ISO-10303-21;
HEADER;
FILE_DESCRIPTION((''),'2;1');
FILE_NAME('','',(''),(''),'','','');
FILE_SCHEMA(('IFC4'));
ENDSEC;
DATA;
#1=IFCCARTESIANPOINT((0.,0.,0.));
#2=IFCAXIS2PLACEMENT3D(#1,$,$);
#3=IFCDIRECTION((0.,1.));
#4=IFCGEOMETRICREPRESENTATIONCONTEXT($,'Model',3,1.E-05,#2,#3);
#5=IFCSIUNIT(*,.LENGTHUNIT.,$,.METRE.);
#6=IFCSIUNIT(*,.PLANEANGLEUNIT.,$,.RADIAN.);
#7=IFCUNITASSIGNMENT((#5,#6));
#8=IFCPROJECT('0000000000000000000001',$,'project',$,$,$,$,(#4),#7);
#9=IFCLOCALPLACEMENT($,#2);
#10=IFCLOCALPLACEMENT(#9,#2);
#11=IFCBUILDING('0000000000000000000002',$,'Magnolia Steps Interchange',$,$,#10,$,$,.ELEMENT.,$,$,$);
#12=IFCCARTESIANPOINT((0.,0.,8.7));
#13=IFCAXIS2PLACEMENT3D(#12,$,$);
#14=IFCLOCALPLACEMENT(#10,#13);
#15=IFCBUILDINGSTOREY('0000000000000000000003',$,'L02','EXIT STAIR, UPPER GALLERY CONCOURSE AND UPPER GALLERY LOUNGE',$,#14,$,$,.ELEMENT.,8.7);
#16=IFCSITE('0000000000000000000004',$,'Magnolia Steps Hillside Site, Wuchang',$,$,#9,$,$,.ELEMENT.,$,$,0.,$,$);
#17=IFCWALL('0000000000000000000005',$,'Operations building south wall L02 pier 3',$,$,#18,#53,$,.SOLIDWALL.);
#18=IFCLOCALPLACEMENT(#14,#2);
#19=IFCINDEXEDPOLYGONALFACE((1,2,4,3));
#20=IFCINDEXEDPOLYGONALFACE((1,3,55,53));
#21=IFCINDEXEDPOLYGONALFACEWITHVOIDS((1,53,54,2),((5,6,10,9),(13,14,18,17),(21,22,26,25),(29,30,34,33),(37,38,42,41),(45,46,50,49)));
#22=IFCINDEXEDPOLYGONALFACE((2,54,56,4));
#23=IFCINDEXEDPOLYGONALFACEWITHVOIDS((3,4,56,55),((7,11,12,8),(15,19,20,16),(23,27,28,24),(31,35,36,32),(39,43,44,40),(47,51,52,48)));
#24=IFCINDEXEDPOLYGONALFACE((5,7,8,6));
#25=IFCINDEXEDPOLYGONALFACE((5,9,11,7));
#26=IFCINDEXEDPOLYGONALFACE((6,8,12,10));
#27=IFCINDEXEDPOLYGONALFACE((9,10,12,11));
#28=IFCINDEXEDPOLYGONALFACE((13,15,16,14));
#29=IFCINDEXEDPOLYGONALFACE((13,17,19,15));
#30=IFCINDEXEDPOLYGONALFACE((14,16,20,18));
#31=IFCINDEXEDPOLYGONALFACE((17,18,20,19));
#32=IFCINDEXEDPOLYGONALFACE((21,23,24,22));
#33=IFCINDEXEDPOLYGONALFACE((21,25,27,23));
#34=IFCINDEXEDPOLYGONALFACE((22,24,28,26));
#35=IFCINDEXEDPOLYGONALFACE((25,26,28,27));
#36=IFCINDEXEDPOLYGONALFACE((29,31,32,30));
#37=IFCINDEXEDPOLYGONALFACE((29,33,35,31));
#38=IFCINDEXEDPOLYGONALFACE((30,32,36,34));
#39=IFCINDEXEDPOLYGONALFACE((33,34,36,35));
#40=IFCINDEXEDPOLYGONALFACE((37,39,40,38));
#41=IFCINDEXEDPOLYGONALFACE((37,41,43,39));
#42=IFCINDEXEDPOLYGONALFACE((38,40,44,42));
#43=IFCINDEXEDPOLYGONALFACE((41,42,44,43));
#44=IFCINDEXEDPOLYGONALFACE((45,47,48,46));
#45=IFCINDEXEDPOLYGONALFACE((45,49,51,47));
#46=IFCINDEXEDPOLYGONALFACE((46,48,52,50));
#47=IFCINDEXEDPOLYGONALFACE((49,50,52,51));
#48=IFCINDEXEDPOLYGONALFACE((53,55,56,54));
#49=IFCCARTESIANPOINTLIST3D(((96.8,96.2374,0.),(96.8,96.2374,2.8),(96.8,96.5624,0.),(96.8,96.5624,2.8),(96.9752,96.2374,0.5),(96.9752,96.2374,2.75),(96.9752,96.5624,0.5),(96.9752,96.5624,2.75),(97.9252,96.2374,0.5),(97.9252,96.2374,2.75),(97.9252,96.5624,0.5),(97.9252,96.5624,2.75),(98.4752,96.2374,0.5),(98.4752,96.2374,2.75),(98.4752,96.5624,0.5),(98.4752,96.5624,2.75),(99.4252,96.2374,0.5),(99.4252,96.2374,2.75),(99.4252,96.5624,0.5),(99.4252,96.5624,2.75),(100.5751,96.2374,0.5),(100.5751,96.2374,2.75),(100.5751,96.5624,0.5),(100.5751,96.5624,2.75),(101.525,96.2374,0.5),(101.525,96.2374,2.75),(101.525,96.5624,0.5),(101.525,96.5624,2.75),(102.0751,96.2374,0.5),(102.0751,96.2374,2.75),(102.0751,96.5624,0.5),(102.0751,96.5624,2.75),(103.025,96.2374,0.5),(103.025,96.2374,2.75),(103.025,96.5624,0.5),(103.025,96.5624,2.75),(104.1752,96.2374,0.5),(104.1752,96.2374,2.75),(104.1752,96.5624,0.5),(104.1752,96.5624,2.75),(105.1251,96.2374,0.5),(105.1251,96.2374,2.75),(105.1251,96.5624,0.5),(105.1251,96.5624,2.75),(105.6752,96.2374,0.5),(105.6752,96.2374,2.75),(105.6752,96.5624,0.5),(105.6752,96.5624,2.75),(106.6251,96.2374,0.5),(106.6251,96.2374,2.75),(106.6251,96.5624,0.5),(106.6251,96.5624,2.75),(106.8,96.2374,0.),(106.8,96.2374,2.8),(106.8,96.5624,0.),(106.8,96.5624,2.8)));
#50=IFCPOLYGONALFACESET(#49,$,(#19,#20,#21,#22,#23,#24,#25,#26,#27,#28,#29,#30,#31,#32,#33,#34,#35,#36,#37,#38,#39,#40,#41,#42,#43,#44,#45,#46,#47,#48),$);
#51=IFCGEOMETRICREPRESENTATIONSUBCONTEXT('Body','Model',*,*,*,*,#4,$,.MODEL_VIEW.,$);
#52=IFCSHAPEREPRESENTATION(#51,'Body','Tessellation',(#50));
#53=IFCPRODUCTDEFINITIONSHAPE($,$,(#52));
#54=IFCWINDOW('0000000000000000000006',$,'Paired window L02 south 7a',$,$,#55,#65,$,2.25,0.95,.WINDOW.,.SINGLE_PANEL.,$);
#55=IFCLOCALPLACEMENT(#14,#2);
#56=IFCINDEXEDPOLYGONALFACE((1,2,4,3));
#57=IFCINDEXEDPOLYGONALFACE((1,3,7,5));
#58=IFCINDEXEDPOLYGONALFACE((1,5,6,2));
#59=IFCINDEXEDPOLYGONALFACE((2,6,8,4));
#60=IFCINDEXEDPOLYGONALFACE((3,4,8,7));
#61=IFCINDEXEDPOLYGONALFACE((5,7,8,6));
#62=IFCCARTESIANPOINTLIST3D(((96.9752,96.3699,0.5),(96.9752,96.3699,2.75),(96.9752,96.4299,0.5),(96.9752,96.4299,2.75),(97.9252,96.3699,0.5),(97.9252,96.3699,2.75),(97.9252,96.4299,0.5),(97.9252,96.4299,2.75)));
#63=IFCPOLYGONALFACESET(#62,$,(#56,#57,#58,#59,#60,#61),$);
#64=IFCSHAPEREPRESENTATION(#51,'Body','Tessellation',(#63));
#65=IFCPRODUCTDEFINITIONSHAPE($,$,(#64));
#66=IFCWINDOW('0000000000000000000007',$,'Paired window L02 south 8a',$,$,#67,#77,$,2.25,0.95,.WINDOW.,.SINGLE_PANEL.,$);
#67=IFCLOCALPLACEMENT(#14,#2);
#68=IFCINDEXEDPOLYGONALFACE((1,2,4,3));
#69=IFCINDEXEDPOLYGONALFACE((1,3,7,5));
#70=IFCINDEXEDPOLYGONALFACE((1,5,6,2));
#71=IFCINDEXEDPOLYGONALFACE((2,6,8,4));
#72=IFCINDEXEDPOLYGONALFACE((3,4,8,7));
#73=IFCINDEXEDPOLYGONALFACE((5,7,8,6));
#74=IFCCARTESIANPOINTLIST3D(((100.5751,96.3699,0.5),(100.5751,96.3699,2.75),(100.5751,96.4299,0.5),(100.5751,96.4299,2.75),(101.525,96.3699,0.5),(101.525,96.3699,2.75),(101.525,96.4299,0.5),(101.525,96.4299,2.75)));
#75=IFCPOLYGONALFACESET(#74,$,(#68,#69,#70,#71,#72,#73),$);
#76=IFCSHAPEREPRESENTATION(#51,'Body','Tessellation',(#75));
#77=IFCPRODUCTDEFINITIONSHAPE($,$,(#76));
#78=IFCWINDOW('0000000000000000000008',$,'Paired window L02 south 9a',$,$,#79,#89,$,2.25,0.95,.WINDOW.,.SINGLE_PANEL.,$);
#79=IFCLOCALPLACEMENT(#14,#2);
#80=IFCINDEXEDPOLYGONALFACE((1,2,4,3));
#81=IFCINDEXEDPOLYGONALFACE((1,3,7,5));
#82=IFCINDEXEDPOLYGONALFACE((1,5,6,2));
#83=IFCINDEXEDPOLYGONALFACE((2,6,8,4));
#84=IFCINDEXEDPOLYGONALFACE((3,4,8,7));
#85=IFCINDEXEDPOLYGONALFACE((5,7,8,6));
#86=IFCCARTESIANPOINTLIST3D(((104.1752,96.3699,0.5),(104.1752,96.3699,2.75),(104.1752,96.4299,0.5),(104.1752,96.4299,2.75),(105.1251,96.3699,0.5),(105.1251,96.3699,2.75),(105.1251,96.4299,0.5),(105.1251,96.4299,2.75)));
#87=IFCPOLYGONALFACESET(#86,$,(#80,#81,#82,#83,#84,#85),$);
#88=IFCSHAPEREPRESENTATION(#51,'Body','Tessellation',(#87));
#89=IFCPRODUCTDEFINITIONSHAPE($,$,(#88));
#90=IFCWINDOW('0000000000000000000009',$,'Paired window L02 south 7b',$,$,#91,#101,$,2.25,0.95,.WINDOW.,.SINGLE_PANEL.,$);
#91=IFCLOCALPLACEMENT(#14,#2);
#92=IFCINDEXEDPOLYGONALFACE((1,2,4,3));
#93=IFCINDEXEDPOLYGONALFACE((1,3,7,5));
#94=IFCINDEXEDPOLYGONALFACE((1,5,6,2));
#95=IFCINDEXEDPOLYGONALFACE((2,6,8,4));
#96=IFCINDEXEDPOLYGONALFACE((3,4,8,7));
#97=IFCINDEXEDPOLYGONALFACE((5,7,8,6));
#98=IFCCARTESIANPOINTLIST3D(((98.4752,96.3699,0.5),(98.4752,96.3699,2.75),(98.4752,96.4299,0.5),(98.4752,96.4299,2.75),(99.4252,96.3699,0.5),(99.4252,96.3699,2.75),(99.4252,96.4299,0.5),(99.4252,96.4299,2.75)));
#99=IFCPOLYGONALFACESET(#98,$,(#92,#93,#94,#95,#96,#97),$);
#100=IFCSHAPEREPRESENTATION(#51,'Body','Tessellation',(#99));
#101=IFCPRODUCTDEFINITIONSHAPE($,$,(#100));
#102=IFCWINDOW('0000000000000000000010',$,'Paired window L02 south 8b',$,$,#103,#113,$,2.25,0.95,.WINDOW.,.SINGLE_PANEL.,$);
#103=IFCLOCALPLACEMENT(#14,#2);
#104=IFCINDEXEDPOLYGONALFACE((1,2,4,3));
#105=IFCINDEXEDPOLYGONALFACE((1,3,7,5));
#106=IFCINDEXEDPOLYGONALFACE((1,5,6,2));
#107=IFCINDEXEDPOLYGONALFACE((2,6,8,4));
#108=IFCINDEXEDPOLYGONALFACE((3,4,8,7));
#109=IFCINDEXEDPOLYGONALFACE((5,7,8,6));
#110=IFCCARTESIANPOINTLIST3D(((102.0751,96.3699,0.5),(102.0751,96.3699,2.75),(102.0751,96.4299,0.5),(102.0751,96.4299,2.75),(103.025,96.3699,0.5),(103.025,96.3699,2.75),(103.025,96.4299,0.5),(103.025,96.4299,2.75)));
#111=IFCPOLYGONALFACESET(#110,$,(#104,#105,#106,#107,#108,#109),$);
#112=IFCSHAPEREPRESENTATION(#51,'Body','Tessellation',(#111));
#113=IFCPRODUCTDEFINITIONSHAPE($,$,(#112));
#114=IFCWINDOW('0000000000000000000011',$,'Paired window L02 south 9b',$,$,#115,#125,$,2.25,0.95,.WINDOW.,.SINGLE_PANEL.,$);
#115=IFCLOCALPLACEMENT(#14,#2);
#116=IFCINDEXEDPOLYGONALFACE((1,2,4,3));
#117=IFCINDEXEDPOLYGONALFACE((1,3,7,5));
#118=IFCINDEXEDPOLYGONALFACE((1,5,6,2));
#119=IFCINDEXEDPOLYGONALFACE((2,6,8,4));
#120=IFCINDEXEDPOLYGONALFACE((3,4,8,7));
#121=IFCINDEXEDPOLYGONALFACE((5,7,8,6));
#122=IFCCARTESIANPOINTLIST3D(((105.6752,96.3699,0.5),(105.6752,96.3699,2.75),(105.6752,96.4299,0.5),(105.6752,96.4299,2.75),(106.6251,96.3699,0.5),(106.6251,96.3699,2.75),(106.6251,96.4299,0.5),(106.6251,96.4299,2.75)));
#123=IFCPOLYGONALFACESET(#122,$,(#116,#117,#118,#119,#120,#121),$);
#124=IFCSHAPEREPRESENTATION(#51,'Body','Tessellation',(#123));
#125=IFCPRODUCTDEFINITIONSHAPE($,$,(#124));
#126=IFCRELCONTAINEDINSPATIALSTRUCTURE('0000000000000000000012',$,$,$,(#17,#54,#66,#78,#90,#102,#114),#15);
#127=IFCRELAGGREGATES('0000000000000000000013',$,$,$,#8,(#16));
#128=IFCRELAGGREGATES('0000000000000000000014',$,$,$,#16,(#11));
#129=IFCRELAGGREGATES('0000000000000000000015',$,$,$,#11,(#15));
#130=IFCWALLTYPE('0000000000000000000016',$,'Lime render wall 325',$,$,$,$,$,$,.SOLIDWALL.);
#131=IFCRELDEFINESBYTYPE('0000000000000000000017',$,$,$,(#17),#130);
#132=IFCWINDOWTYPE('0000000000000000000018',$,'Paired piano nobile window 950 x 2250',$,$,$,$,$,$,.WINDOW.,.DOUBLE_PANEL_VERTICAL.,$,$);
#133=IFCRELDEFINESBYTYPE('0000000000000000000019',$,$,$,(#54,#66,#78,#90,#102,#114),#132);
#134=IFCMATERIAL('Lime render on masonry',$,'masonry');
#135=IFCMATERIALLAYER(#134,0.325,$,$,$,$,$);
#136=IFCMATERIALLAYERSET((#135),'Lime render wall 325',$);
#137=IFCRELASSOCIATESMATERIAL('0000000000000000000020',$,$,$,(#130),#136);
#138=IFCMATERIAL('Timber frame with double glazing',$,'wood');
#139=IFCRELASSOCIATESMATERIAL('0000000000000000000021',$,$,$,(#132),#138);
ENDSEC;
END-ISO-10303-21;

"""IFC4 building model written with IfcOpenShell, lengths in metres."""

from ifc_helpers import new_model, si_unit, direction, frame, frame_2d, origin, place, context, subcontext, project, spatial, rectangle, extrude, material, layer, layer_set, type_object, element, fill, save


model = new_model("IFC4")

# Units and contexts
model_context = context("Model", 3, precision=1e-05, world=origin(), true_north=direction((0.0, 1.0)))
body_context = subcontext(model_context, "Body", "Model", "MODEL_VIEW")
ifc_project = project(units=[si_unit("LENGTHUNIT", "METRE"), si_unit("PLANEANGLEUNIT", "RADIAN")], contexts=[model_context])

# Site, building, storey
site_placement = place(None, origin())
site = spatial("IfcSite", under=ifc_project, at=site_placement, Name="Magnolia Steps Hillside Site, Wuchang", CompositionType="ELEMENT", RefElevation=0.0)
building_placement = place(site_placement, origin())
building = spatial("IfcBuilding", under=site, at=building_placement, Name="Magnolia Steps Interchange", CompositionType="ELEMENT")
storey_placement = place(building_placement, frame((0.0, 0.0, 8.7)))
storey = spatial("IfcBuildingStorey", under=building, at=storey_placement, Name="L02", Description="EXIT STAIR, UPPER GALLERY CONCOURSE AND UPPER GALLERY LOUNGE", CompositionType="ELEMENT", Elevation=8.7)

# Wall, openings, windows
ifc_material_1 = material(Name="Lime render on masonry", Category="masonry")
ifc_layer_1 = layer(ifc_material_1, 0.325)
ifc_layer_set_1 = layer_set([ifc_layer_1], Name="Lime render wall 325")
wall_type_1 = type_object("IfcWallType", Name="Lime render wall 325", PredefinedType="SOLIDWALL", material=ifc_layer_set_1)
ifc_material_2 = material(Name="Timber frame with double glazing", Category="wood")
window_type = type_object("IfcWindowType", Name="Paired piano nobile window 950 x 2250", PartitioningType="DOUBLE_PANEL_VERTICAL", PredefinedType="WINDOW", material=ifc_material_2)
wall_1_placement = place(storey_placement, frame((96.8, 96.3999, 0.0), z_axis=(0.0, 0.0, 1.0), x_axis=(1.0, 0.0, 0.0)))
wall_1 = element("IfcWall", 1, at=wall_1_placement, inside=storey, type_object=wall_type_1, Name="Operations building south wall L02 pier 3", PredefinedType="SOLIDWALL", context=body_context, shape_type="SweptSolid", body=[
    extrude(rectangle(XDim=10.0, YDim=0.325, at=frame_2d((5.0, 0.0))), origin(), (0.0, 0.0, 1.0), 2.8),
])
opening_1_placement = place(wall_1_placement, frame((0.175, 0.0, 0.5)))
opening_1 = element("IfcOpeningElement", 2, at=opening_1_placement, cuts=wall_1, PredefinedType="OPENING", context=body_context, shape_type="SweptSolid", body=[
    extrude(rectangle(XDim=0.95, YDim=2.25, at=frame_2d((0.4751, 1.125))), frame((0.0, 0.1724, 0.0), z_axis=(0.0, -1.0, 0.0), x_axis=(1.0, 0.0, 0.0)), (0.0, 0.0, 1.0), 0.345),
])
opening_2_placement = place(wall_1_placement, frame((3.7749, 0.0, 0.5)))
opening_2 = element("IfcOpeningElement", 3, at=opening_2_placement, cuts=wall_1, PredefinedType="OPENING", context=body_context, shape_type="SweptSolid", body=[
    extrude(rectangle(XDim=0.95, YDim=2.25, at=frame_2d((0.4751, 1.125))), frame((0.0, 0.1724, 0.0), z_axis=(0.0, -1.0, 0.0), x_axis=(1.0, 0.0, 0.0)), (0.0, 0.0, 1.0), 0.345),
])
opening_3_placement = place(wall_1_placement, frame((7.375, 0.0, 0.5)))
opening_3 = element("IfcOpeningElement", 4, at=opening_3_placement, cuts=wall_1, PredefinedType="OPENING", context=body_context, shape_type="SweptSolid", body=[
    extrude(rectangle(XDim=0.95, YDim=2.25, at=frame_2d((0.4751, 1.125))), frame((0.0, 0.1724, 0.0), z_axis=(0.0, -1.0, 0.0), x_axis=(1.0, 0.0, 0.0)), (0.0, 0.0, 1.0), 0.345),
])
opening_4_placement = place(wall_1_placement, frame((1.675, 0.0, 0.5)))
opening_4 = element("IfcOpeningElement", 5, at=opening_4_placement, cuts=wall_1, PredefinedType="OPENING", context=body_context, shape_type="SweptSolid", body=[
    extrude(rectangle(XDim=0.95, YDim=2.25, at=frame_2d((0.4751, 1.125))), frame((0.0, 0.1724, 0.0), z_axis=(0.0, -1.0, 0.0), x_axis=(1.0, 0.0, 0.0)), (0.0, 0.0, 1.0), 0.345),
])
opening_5_placement = place(wall_1_placement, frame((5.2749, 0.0, 0.5)))
opening_5 = element("IfcOpeningElement", 6, at=opening_5_placement, cuts=wall_1, PredefinedType="OPENING", context=body_context, shape_type="SweptSolid", body=[
    extrude(rectangle(XDim=0.95, YDim=2.25, at=frame_2d((0.4751, 1.125))), frame((0.0, 0.1724, 0.0), z_axis=(0.0, -1.0, 0.0), x_axis=(1.0, 0.0, 0.0)), (0.0, 0.0, 1.0), 0.345),
])
opening_6_placement = place(wall_1_placement, frame((8.875, 0.0, 0.5)))
opening_6 = element("IfcOpeningElement", 7, at=opening_6_placement, cuts=wall_1, PredefinedType="OPENING", context=body_context, shape_type="SweptSolid", body=[
    extrude(rectangle(XDim=0.95, YDim=2.25, at=frame_2d((0.4751, 1.125))), frame((0.0, 0.1724, 0.0), z_axis=(0.0, -1.0, 0.0), x_axis=(1.0, 0.0, 0.0)), (0.0, 0.0, 1.0), 0.345),
])
window_1_placement = place(opening_1_placement, origin())
window_1 = element("IfcWindow", 8, at=window_1_placement, inside=storey, type_object=window_type, Name="Paired window L02 south 7a", OverallHeight=2.25, OverallWidth=0.95, PartitioningType="SINGLE_PANEL", PredefinedType="WINDOW", context=body_context, shape_type="SweptSolid", body=[
    extrude(rectangle(XDim=0.95, YDim=2.25, at=frame_2d((0.4751, 1.125))), frame((0.0, 0.03, 0.0), z_axis=(0.0, -1.0, 0.0), x_axis=(1.0, 0.0, 0.0)), (0.0, 0.0, 1.0), 0.0601),
])
fill(opening_1, window_1)
window_2_placement = place(opening_2_placement, origin())
window_2 = element("IfcWindow", 9, at=window_2_placement, inside=storey, type_object=window_type, Name="Paired window L02 south 8a", OverallHeight=2.25, OverallWidth=0.95, PartitioningType="SINGLE_PANEL", PredefinedType="WINDOW", context=body_context, shape_type="SweptSolid", body=[
    extrude(rectangle(XDim=0.95, YDim=2.25, at=frame_2d((0.4751, 1.125))), frame((0.0, 0.03, 0.0), z_axis=(0.0, -1.0, 0.0), x_axis=(1.0, 0.0, 0.0)), (0.0, 0.0, 1.0), 0.0601),
])
fill(opening_2, window_2)
window_3_placement = place(opening_3_placement, origin())
window_3 = element("IfcWindow", 10, at=window_3_placement, inside=storey, type_object=window_type, Name="Paired window L02 south 9a", OverallHeight=2.25, OverallWidth=0.95, PartitioningType="SINGLE_PANEL", PredefinedType="WINDOW", context=body_context, shape_type="SweptSolid", body=[
    extrude(rectangle(XDim=0.95, YDim=2.25, at=frame_2d((0.4751, 1.125))), frame((0.0, 0.03, 0.0), z_axis=(0.0, -1.0, 0.0), x_axis=(1.0, 0.0, 0.0)), (0.0, 0.0, 1.0), 0.0601),
])
fill(opening_3, window_3)
window_4_placement = place(opening_4_placement, origin())
window_4 = element("IfcWindow", 11, at=window_4_placement, inside=storey, type_object=window_type, Name="Paired window L02 south 7b", OverallHeight=2.25, OverallWidth=0.95, PartitioningType="SINGLE_PANEL", PredefinedType="WINDOW", context=body_context, shape_type="SweptSolid", body=[
    extrude(rectangle(XDim=0.95, YDim=2.25, at=frame_2d((0.4751, 1.125))), frame((0.0, 0.03, 0.0), z_axis=(0.0, -1.0, 0.0), x_axis=(1.0, 0.0, 0.0)), (0.0, 0.0, 1.0), 0.0601),
])
fill(opening_4, window_4)
window_5_placement = place(opening_5_placement, origin())
window_5 = element("IfcWindow", 12, at=window_5_placement, inside=storey, type_object=window_type, Name="Paired window L02 south 8b", OverallHeight=2.25, OverallWidth=0.95, PartitioningType="SINGLE_PANEL", PredefinedType="WINDOW", context=body_context, shape_type="SweptSolid", body=[
    extrude(rectangle(XDim=0.95, YDim=2.25, at=frame_2d((0.4751, 1.125))), frame((0.0, 0.03, 0.0), z_axis=(0.0, -1.0, 0.0), x_axis=(1.0, 0.0, 0.0)), (0.0, 0.0, 1.0), 0.0601),
])
fill(opening_5, window_5)
window_6_placement = place(opening_6_placement, origin())
window_6 = element("IfcWindow", 13, at=window_6_placement, inside=storey, type_object=window_type, Name="Paired window L02 south 9b", OverallHeight=2.25, OverallWidth=0.95, PartitioningType="SINGLE_PANEL", PredefinedType="WINDOW", context=body_context, shape_type="SweptSolid", body=[
    extrude(rectangle(XDim=0.95, YDim=2.25, at=frame_2d((0.4751, 1.125))), frame((0.0, 0.03, 0.0), z_axis=(0.0, -1.0, 0.0), x_axis=(1.0, 0.0, 0.0)), (0.0, 0.0, 1.0), 0.0601),
])
fill(opening_6, window_6)

save(model, "model.ifc")
